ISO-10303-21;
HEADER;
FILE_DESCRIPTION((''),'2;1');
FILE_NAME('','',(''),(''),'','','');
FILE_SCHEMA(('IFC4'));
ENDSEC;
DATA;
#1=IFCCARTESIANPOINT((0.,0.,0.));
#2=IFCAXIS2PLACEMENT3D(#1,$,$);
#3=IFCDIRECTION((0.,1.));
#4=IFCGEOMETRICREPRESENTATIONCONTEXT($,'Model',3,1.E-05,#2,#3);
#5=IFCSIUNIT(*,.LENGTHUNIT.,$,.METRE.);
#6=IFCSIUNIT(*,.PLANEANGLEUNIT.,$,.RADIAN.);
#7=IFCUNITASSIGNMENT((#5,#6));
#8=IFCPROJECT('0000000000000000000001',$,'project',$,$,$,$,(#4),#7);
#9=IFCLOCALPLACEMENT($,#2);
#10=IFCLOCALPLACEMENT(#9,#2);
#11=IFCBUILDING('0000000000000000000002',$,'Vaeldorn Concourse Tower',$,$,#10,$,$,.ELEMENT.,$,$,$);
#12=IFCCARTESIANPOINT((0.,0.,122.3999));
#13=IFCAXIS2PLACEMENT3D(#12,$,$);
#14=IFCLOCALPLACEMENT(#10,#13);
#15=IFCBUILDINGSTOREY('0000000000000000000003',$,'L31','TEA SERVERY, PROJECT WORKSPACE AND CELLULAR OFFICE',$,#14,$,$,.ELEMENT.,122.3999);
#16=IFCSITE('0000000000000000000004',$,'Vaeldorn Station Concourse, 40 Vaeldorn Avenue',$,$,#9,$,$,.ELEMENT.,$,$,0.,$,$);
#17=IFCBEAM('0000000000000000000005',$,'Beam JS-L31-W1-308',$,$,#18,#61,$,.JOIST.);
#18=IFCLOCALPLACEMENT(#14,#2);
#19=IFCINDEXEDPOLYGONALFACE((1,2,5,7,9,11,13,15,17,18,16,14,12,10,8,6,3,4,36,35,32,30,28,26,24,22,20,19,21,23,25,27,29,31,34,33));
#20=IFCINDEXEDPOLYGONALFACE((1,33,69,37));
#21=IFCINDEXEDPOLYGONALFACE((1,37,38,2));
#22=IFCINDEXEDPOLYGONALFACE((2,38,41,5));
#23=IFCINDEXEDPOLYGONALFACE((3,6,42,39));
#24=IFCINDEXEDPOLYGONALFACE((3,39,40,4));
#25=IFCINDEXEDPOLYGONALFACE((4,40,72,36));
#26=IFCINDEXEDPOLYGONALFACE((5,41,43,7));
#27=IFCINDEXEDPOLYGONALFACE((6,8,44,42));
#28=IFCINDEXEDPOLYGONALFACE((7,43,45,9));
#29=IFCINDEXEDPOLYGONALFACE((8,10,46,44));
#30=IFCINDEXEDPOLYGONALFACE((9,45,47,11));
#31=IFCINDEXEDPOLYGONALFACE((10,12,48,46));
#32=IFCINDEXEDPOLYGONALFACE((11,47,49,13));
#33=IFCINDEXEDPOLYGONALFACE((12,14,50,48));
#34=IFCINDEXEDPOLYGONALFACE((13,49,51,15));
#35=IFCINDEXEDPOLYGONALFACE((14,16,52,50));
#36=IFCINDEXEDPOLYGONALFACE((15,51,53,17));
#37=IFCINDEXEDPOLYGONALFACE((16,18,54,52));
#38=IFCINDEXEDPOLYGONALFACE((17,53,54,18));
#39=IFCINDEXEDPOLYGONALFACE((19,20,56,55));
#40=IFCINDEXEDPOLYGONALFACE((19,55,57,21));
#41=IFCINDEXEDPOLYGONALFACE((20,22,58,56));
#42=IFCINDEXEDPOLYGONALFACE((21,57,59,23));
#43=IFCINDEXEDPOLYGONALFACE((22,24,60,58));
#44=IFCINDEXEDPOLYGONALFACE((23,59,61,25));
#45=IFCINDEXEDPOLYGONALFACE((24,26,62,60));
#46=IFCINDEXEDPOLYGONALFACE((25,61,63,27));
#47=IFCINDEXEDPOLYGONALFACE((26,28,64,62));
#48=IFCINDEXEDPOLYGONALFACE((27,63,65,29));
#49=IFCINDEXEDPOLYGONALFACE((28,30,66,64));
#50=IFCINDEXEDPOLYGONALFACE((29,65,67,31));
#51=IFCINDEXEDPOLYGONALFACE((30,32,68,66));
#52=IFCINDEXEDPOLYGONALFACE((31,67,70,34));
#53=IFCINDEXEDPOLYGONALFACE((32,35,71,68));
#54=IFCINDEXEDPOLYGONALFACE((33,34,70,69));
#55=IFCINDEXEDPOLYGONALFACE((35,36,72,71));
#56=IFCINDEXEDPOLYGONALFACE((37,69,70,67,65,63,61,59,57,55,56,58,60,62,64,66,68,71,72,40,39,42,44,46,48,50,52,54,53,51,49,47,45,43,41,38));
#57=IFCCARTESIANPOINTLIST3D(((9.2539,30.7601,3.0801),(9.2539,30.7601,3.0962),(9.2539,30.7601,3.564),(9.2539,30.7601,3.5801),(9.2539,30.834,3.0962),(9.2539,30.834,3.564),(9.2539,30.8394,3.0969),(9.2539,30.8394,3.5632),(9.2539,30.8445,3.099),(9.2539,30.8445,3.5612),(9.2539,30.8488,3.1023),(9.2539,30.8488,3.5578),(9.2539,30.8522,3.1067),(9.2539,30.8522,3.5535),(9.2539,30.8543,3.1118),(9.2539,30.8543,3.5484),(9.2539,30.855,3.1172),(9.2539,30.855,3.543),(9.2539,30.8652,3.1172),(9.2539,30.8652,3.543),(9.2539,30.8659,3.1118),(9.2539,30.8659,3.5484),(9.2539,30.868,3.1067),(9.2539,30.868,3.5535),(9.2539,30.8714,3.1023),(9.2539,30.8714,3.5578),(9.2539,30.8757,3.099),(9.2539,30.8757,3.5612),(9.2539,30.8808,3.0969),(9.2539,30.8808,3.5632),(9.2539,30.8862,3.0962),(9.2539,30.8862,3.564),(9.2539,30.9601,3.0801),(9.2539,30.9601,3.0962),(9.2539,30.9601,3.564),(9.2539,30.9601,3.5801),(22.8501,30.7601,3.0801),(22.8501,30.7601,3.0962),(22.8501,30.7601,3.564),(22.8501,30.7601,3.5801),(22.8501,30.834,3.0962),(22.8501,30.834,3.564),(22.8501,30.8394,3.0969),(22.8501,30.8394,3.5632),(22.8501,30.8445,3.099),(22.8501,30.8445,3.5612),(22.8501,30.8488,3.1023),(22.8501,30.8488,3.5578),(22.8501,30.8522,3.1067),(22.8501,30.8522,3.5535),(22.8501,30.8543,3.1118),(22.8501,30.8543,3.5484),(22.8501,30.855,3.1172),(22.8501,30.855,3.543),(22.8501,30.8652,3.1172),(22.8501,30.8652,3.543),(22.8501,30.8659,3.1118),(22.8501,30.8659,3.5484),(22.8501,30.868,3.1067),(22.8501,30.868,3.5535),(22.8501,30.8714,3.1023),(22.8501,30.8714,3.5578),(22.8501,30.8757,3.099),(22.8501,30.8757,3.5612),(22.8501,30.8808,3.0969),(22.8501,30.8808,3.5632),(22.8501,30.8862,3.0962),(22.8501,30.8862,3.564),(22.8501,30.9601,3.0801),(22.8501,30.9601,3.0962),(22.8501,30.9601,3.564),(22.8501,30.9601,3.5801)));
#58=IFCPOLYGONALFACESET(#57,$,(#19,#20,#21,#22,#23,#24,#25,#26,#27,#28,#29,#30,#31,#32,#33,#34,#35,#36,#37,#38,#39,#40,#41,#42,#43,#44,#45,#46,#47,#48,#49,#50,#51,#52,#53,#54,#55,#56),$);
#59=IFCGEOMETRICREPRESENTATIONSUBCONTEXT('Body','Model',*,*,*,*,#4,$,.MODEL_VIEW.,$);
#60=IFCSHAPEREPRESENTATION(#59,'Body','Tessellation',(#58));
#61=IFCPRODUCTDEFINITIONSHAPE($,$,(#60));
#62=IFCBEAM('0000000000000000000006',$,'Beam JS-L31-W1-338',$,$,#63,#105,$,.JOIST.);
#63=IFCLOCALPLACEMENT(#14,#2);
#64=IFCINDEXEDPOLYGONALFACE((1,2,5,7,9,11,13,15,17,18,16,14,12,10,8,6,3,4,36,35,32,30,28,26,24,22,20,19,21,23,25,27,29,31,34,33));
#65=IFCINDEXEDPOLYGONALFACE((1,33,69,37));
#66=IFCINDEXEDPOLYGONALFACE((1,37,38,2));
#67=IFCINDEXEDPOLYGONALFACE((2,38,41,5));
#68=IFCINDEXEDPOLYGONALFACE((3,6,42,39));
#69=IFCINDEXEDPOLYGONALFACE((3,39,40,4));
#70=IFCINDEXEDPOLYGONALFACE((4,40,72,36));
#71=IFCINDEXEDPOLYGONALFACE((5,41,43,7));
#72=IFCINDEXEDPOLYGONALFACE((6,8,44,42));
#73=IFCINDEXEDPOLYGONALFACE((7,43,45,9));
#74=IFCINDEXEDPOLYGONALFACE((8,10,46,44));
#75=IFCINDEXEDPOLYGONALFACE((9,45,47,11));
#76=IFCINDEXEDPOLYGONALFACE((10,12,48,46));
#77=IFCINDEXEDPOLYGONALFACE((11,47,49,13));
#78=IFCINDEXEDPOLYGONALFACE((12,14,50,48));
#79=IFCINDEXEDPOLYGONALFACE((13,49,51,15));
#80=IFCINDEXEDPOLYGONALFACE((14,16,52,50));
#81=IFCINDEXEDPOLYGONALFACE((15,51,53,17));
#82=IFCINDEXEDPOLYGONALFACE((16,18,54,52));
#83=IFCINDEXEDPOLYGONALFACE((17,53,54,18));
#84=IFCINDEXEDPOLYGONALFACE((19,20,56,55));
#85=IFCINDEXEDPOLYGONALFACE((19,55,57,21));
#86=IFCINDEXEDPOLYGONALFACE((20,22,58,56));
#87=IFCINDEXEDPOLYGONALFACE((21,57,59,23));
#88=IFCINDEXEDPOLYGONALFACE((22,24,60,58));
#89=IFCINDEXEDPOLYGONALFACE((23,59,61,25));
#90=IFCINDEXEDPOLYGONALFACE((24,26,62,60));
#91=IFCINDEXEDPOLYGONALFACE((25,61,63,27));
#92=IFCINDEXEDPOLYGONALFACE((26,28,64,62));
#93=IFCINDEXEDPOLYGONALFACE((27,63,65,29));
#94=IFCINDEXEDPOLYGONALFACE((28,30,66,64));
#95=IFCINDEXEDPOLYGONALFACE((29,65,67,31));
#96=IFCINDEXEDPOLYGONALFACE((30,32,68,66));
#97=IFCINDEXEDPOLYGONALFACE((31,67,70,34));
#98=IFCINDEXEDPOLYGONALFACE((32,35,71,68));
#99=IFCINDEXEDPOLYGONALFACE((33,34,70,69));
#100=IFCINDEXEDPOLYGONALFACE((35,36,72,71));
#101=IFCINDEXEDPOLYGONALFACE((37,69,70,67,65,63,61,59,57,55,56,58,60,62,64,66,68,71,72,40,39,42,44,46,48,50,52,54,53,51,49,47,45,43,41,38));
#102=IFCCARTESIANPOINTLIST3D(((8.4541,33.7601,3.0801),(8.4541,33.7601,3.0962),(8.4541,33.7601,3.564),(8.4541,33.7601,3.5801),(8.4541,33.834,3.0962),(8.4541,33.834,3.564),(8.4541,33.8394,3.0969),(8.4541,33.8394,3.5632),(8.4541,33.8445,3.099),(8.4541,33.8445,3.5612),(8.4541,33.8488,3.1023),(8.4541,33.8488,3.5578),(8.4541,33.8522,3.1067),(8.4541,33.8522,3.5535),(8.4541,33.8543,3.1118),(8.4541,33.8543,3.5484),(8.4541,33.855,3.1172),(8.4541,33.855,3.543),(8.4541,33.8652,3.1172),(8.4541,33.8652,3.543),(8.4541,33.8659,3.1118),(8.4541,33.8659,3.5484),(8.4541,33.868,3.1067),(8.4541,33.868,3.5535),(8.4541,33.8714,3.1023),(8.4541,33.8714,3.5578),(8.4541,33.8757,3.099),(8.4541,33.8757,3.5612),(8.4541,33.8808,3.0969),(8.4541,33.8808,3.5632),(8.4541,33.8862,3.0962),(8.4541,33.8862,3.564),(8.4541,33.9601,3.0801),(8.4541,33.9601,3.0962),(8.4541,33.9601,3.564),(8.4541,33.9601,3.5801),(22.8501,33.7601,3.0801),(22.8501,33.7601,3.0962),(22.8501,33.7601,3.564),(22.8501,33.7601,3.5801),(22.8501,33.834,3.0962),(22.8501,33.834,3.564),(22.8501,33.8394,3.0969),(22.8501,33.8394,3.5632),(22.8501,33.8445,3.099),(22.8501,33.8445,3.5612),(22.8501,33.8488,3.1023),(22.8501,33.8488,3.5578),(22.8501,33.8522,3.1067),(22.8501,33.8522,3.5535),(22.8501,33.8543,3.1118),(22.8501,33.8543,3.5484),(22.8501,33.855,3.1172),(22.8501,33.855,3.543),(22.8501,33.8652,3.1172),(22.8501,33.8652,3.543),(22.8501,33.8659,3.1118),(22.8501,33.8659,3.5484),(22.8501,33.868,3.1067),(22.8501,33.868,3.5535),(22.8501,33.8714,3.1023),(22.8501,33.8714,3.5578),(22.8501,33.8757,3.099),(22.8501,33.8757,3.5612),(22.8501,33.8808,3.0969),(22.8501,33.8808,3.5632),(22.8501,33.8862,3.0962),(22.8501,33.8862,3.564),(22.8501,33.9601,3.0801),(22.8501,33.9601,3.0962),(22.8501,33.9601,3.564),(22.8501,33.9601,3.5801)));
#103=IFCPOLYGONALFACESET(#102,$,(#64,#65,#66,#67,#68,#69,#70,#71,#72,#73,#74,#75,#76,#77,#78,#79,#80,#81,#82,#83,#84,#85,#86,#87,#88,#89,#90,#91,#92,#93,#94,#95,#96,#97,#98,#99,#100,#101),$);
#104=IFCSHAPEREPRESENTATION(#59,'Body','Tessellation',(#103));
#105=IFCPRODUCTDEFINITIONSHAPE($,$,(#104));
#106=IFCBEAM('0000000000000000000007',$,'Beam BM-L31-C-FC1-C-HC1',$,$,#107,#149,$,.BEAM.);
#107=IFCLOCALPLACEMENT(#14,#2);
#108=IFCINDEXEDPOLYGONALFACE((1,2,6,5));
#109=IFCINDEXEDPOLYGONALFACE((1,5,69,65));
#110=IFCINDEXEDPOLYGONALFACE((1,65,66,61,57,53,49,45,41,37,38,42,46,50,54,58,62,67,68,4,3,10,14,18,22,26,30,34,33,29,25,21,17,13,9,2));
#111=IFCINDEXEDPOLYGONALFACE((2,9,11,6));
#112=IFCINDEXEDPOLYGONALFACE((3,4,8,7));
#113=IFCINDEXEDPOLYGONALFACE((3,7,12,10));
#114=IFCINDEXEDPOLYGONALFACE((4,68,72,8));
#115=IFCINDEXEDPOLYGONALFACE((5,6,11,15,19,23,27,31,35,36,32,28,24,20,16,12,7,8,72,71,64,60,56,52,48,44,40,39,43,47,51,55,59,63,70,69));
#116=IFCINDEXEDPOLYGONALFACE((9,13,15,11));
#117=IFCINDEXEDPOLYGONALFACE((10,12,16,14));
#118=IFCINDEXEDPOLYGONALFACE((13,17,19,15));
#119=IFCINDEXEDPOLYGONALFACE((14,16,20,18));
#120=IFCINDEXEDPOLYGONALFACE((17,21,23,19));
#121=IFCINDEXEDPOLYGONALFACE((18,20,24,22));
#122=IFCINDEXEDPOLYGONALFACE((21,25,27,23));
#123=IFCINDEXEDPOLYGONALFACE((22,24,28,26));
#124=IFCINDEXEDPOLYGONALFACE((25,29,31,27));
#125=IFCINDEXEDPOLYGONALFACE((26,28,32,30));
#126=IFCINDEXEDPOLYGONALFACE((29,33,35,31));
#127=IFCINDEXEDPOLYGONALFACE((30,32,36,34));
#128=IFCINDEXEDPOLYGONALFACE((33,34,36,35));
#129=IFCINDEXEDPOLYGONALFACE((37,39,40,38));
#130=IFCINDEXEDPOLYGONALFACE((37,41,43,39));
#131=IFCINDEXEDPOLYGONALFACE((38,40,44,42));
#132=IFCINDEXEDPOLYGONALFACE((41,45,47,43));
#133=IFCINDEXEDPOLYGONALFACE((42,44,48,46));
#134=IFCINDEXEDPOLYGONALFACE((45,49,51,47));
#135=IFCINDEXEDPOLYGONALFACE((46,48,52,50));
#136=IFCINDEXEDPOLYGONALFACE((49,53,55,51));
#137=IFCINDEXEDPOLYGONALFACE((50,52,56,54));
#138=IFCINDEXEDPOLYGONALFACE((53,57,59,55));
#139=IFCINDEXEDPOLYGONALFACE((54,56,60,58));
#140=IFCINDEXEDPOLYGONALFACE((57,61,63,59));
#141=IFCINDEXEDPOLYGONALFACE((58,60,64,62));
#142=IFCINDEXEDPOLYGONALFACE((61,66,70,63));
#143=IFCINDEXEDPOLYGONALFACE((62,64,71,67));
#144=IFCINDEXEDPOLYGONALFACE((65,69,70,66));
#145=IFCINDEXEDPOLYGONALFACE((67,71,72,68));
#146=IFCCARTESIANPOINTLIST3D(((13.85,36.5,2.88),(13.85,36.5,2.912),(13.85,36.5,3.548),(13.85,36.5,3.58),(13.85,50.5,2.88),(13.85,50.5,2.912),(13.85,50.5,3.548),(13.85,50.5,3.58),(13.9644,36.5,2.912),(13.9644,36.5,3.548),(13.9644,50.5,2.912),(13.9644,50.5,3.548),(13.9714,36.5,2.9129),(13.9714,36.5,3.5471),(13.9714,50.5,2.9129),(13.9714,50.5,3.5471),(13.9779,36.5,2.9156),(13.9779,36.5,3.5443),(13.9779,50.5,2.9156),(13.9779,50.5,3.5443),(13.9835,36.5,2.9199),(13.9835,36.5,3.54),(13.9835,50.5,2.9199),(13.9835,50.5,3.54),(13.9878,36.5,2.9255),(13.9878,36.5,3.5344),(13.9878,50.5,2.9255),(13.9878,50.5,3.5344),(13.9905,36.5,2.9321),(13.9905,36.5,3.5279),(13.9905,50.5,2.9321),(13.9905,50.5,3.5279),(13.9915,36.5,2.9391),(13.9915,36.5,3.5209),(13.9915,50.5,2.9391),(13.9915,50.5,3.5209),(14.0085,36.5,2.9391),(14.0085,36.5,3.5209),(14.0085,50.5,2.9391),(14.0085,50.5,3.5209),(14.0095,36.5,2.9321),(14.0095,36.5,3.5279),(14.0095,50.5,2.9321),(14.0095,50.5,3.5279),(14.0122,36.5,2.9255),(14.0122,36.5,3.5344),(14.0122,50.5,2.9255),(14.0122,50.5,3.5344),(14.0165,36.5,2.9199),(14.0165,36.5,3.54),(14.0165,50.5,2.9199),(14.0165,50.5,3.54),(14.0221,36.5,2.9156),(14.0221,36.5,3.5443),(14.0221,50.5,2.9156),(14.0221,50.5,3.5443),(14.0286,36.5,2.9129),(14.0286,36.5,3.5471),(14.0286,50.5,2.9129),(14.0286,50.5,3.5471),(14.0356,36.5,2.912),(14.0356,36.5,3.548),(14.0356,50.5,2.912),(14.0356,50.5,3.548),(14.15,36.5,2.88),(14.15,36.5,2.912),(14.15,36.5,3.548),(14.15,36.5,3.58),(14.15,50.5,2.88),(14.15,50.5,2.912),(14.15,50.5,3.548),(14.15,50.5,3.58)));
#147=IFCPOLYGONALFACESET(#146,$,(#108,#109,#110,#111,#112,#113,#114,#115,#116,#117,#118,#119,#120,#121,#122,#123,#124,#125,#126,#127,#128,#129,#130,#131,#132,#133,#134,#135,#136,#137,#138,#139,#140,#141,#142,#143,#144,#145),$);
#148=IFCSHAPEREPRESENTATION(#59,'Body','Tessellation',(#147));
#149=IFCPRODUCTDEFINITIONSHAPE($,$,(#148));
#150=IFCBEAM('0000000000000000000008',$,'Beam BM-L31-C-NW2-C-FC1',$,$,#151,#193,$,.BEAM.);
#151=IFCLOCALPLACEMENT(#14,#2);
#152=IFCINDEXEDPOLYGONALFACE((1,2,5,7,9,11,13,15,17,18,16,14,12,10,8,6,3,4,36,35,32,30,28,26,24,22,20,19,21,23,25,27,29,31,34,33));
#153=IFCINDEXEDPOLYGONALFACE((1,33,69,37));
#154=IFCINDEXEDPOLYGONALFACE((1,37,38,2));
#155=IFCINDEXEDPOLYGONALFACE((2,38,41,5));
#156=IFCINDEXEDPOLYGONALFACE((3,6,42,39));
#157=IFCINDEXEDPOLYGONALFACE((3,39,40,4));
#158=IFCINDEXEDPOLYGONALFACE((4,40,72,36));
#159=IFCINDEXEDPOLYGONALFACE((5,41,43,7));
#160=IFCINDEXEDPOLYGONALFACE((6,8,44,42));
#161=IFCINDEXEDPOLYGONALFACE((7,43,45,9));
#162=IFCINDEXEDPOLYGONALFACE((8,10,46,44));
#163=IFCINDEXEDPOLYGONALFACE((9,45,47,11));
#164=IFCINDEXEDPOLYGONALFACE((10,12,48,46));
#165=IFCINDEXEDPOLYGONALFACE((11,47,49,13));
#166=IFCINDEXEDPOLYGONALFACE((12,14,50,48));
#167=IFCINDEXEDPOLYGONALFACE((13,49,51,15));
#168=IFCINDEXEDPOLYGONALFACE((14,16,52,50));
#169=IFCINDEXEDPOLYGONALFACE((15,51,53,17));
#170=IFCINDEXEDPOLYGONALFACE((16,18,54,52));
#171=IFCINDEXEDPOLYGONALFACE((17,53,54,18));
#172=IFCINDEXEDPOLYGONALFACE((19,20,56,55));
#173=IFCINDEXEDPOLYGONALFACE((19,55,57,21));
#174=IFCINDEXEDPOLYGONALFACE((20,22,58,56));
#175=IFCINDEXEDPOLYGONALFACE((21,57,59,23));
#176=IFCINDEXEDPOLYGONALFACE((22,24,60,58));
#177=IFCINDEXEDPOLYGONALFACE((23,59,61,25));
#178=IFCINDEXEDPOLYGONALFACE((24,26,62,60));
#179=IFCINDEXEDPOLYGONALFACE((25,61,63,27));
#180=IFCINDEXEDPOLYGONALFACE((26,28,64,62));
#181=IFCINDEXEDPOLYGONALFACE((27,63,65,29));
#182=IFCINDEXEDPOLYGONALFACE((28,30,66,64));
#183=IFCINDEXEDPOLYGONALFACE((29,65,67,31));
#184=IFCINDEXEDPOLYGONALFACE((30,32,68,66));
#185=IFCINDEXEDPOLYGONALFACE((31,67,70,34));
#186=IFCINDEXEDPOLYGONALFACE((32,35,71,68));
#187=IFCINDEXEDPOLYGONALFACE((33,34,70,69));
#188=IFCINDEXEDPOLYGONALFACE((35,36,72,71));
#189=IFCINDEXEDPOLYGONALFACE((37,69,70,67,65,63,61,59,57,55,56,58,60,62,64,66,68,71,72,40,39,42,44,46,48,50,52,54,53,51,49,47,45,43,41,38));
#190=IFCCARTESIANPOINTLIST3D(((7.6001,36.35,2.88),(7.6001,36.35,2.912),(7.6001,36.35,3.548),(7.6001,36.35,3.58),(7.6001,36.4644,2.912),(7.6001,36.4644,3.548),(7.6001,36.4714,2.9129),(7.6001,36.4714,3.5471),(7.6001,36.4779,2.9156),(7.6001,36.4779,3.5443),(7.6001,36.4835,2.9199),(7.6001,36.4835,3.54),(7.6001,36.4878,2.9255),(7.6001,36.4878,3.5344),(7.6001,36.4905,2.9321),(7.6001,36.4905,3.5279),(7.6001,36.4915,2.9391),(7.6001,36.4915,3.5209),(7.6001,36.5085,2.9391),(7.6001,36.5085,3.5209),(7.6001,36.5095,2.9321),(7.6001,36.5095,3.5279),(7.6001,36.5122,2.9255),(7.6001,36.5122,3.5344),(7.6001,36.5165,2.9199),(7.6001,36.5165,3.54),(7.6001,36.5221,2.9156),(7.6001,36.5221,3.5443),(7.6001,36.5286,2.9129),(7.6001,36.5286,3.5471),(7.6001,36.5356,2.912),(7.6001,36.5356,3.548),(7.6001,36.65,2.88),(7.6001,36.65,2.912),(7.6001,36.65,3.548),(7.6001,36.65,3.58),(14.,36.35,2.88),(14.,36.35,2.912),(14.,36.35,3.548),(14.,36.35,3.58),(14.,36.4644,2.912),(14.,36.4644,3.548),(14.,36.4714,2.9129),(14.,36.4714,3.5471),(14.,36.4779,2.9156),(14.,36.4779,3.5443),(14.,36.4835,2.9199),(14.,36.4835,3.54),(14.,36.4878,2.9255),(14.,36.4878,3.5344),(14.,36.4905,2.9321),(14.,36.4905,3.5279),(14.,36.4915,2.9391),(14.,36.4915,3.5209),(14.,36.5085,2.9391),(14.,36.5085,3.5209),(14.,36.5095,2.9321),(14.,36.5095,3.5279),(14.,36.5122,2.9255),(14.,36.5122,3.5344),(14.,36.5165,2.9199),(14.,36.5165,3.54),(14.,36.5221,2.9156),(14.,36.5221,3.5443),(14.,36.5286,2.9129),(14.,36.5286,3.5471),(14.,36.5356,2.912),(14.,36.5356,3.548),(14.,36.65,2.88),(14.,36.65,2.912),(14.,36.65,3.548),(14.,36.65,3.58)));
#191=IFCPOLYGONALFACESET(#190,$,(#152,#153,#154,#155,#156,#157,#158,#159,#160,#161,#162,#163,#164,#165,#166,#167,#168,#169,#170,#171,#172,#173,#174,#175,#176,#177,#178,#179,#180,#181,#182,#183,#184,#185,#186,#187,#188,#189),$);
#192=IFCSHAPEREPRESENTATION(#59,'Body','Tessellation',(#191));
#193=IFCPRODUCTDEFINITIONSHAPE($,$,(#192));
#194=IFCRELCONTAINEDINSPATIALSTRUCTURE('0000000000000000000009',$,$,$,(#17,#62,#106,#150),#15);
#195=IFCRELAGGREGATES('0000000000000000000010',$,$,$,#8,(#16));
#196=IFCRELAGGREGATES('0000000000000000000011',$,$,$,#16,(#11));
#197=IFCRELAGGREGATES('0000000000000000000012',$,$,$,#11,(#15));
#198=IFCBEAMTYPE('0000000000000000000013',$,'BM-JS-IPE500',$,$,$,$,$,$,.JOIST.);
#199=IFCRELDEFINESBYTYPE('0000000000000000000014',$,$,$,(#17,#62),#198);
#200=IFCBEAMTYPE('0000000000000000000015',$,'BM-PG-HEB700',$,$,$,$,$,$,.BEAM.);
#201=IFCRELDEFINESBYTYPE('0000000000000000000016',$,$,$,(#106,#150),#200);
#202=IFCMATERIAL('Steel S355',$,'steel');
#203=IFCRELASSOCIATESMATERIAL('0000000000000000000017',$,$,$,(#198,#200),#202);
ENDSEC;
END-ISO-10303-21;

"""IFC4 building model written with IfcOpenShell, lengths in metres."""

from ifc_helpers import new_model, si_unit, direction, frame, origin, origin_2d, place, context, subcontext, project, spatial, i_section, extrude, source, transform, mapped, material, material_profile, profile_set, type_object, element, save


model = new_model("IFC4")

# Units and contexts
model_context = context("Model", 3, precision=1e-05, world=origin(), true_north=direction((0.0, 1.0)))
body_context = subcontext(model_context, "Body", "Model", "MODEL_VIEW")
ifc_project = project(units=[si_unit("LENGTHUNIT", "METRE"), si_unit("PLANEANGLEUNIT", "RADIAN")], contexts=[model_context])

# Site, building, storey
site_placement = place(None, origin())
site = spatial("IfcSite", under=ifc_project, at=site_placement, Name="Vaeldorn Station Concourse, 40 Vaeldorn Avenue", CompositionType="ELEMENT", RefElevation=0.0)
building_placement = place(site_placement, origin())
building = spatial("IfcBuilding", under=site, at=building_placement, Name="Vaeldorn Concourse Tower", CompositionType="ELEMENT")
storey_placement = place(building_placement, frame((0.0, 0.0, 122.3999)))
storey = spatial("IfcBuildingStorey", under=building, at=storey_placement, Name="L31", Description="TEA SERVERY, PROJECT WORKSPACE AND CELLULAR OFFICE", CompositionType="ELEMENT", Elevation=122.3999)

# Beams
ifc_material_1 = material(Name="Steel S355", Category="steel")
ifc_material_profile_1 = material_profile(ifc_material_1, i_section(OverallWidth=0.2, OverallDepth=0.5, WebThickness=0.0103, FlangeThickness=0.0161, FilletRadius=0.021, at=origin_2d()), Name="IPE 500")
ifc_profile_set_1 = profile_set([ifc_material_profile_1], Name="Steel S355")
beam_type_1 = type_object("IfcBeamType", Name="BM-JS-IPE500", PredefinedType="JOIST", material=ifc_profile_set_1)
shared_shape_1 = source(origin(), body_context, "Body", "SweptSolid", [
    extrude(i_section(OverallWidth=0.2, OverallDepth=0.5, WebThickness=0.0103, FlangeThickness=0.0161, FilletRadius=0.021, at=origin_2d()), origin(), (0.0, 0.0, 1.0), 13.5962),
])
beam_1_placement = place(storey_placement, frame((9.2539, 30.8601, 3.3301), z_axis=(1.0, 0.0, 0.0), x_axis=(0.0, 1.0, 0.0)))
element("IfcBeam", 1, at=beam_1_placement, inside=storey, type_object=beam_type_1, Name="Beam JS-L31-W1-308", PredefinedType="JOIST", context=body_context, shape_type="MappedRepresentation", body=[
    mapped(shared_shape_1, transform((0.0, 0.0, 0.0), scale=1.0)),
])
shared_shape_2 = source(origin(), body_context, "Body", "SweptSolid", [
    extrude(i_section(OverallWidth=0.2, OverallDepth=0.5, WebThickness=0.0103, FlangeThickness=0.0161, FilletRadius=0.021, at=origin_2d()), origin(), (0.0, 0.0, 1.0), 14.396),
])
beam_2_placement = place(storey_placement, frame((8.4541, 33.8601, 3.3301), z_axis=(1.0, 0.0, 0.0), x_axis=(0.0, 1.0, 0.0)))
element("IfcBeam", 2, at=beam_2_placement, inside=storey, type_object=beam_type_1, Name="Beam JS-L31-W1-338", PredefinedType="JOIST", context=body_context, shape_type="MappedRepresentation", body=[
    mapped(shared_shape_2, transform((0.0, 0.0, 0.0), scale=1.0)),
])
ifc_material_profile_2 = material_profile(ifc_material_1, i_section(OverallWidth=0.3, OverallDepth=0.7, WebThickness=0.0171, FlangeThickness=0.032, FilletRadius=0.0271, at=origin_2d()), Name="HEB 700")
ifc_profile_set_2 = profile_set([ifc_material_profile_2], Name="Steel S355")
beam_type_2 = type_object("IfcBeamType", Name="BM-PG-HEB700", PredefinedType="BEAM", material=ifc_profile_set_2)
shared_shape_3 = source(origin(), body_context, "Body", "SweptSolid", [
    extrude(i_section(OverallWidth=0.3, OverallDepth=0.7, WebThickness=0.0171, FlangeThickness=0.032, FilletRadius=0.0271, at=origin_2d()), origin(), (0.0, 0.0, 1.0), 14.0),
])
beam_3_placement = place(storey_placement, frame((14.0, 36.5, 3.23), z_axis=(0.0, 1.0, 0.0), x_axis=(-1.0, 0.0, 0.0)))
element("IfcBeam", 3, at=beam_3_placement, inside=storey, type_object=beam_type_2, Name="Beam BM-L31-C-FC1-C-HC1", PredefinedType="BEAM", context=body_context, shape_type="MappedRepresentation", body=[
    mapped(shared_shape_3, transform((0.0, 0.0, 0.0), scale=1.0)),
])
shared_shape_4 = source(origin(), body_context, "Body", "SweptSolid", [
    extrude(i_section(OverallWidth=0.3, OverallDepth=0.7, WebThickness=0.0171, FlangeThickness=0.032, FilletRadius=0.0271, at=origin_2d()), origin(), (0.0, 0.0, 1.0), 6.3999),
])
beam_4_placement = place(storey_placement, frame((7.6001, 36.5, 3.23), z_axis=(1.0, 0.0, 0.0), x_axis=(0.0, 1.0, 0.0)))
element("IfcBeam", 4, at=beam_4_placement, inside=storey, type_object=beam_type_2, Name="Beam BM-L31-C-NW2-C-FC1", PredefinedType="BEAM", context=body_context, shape_type="MappedRepresentation", body=[
    mapped(shared_shape_4, transform((0.0, 0.0, 0.0), scale=1.0)),
])

save(model, "model.ifc")
